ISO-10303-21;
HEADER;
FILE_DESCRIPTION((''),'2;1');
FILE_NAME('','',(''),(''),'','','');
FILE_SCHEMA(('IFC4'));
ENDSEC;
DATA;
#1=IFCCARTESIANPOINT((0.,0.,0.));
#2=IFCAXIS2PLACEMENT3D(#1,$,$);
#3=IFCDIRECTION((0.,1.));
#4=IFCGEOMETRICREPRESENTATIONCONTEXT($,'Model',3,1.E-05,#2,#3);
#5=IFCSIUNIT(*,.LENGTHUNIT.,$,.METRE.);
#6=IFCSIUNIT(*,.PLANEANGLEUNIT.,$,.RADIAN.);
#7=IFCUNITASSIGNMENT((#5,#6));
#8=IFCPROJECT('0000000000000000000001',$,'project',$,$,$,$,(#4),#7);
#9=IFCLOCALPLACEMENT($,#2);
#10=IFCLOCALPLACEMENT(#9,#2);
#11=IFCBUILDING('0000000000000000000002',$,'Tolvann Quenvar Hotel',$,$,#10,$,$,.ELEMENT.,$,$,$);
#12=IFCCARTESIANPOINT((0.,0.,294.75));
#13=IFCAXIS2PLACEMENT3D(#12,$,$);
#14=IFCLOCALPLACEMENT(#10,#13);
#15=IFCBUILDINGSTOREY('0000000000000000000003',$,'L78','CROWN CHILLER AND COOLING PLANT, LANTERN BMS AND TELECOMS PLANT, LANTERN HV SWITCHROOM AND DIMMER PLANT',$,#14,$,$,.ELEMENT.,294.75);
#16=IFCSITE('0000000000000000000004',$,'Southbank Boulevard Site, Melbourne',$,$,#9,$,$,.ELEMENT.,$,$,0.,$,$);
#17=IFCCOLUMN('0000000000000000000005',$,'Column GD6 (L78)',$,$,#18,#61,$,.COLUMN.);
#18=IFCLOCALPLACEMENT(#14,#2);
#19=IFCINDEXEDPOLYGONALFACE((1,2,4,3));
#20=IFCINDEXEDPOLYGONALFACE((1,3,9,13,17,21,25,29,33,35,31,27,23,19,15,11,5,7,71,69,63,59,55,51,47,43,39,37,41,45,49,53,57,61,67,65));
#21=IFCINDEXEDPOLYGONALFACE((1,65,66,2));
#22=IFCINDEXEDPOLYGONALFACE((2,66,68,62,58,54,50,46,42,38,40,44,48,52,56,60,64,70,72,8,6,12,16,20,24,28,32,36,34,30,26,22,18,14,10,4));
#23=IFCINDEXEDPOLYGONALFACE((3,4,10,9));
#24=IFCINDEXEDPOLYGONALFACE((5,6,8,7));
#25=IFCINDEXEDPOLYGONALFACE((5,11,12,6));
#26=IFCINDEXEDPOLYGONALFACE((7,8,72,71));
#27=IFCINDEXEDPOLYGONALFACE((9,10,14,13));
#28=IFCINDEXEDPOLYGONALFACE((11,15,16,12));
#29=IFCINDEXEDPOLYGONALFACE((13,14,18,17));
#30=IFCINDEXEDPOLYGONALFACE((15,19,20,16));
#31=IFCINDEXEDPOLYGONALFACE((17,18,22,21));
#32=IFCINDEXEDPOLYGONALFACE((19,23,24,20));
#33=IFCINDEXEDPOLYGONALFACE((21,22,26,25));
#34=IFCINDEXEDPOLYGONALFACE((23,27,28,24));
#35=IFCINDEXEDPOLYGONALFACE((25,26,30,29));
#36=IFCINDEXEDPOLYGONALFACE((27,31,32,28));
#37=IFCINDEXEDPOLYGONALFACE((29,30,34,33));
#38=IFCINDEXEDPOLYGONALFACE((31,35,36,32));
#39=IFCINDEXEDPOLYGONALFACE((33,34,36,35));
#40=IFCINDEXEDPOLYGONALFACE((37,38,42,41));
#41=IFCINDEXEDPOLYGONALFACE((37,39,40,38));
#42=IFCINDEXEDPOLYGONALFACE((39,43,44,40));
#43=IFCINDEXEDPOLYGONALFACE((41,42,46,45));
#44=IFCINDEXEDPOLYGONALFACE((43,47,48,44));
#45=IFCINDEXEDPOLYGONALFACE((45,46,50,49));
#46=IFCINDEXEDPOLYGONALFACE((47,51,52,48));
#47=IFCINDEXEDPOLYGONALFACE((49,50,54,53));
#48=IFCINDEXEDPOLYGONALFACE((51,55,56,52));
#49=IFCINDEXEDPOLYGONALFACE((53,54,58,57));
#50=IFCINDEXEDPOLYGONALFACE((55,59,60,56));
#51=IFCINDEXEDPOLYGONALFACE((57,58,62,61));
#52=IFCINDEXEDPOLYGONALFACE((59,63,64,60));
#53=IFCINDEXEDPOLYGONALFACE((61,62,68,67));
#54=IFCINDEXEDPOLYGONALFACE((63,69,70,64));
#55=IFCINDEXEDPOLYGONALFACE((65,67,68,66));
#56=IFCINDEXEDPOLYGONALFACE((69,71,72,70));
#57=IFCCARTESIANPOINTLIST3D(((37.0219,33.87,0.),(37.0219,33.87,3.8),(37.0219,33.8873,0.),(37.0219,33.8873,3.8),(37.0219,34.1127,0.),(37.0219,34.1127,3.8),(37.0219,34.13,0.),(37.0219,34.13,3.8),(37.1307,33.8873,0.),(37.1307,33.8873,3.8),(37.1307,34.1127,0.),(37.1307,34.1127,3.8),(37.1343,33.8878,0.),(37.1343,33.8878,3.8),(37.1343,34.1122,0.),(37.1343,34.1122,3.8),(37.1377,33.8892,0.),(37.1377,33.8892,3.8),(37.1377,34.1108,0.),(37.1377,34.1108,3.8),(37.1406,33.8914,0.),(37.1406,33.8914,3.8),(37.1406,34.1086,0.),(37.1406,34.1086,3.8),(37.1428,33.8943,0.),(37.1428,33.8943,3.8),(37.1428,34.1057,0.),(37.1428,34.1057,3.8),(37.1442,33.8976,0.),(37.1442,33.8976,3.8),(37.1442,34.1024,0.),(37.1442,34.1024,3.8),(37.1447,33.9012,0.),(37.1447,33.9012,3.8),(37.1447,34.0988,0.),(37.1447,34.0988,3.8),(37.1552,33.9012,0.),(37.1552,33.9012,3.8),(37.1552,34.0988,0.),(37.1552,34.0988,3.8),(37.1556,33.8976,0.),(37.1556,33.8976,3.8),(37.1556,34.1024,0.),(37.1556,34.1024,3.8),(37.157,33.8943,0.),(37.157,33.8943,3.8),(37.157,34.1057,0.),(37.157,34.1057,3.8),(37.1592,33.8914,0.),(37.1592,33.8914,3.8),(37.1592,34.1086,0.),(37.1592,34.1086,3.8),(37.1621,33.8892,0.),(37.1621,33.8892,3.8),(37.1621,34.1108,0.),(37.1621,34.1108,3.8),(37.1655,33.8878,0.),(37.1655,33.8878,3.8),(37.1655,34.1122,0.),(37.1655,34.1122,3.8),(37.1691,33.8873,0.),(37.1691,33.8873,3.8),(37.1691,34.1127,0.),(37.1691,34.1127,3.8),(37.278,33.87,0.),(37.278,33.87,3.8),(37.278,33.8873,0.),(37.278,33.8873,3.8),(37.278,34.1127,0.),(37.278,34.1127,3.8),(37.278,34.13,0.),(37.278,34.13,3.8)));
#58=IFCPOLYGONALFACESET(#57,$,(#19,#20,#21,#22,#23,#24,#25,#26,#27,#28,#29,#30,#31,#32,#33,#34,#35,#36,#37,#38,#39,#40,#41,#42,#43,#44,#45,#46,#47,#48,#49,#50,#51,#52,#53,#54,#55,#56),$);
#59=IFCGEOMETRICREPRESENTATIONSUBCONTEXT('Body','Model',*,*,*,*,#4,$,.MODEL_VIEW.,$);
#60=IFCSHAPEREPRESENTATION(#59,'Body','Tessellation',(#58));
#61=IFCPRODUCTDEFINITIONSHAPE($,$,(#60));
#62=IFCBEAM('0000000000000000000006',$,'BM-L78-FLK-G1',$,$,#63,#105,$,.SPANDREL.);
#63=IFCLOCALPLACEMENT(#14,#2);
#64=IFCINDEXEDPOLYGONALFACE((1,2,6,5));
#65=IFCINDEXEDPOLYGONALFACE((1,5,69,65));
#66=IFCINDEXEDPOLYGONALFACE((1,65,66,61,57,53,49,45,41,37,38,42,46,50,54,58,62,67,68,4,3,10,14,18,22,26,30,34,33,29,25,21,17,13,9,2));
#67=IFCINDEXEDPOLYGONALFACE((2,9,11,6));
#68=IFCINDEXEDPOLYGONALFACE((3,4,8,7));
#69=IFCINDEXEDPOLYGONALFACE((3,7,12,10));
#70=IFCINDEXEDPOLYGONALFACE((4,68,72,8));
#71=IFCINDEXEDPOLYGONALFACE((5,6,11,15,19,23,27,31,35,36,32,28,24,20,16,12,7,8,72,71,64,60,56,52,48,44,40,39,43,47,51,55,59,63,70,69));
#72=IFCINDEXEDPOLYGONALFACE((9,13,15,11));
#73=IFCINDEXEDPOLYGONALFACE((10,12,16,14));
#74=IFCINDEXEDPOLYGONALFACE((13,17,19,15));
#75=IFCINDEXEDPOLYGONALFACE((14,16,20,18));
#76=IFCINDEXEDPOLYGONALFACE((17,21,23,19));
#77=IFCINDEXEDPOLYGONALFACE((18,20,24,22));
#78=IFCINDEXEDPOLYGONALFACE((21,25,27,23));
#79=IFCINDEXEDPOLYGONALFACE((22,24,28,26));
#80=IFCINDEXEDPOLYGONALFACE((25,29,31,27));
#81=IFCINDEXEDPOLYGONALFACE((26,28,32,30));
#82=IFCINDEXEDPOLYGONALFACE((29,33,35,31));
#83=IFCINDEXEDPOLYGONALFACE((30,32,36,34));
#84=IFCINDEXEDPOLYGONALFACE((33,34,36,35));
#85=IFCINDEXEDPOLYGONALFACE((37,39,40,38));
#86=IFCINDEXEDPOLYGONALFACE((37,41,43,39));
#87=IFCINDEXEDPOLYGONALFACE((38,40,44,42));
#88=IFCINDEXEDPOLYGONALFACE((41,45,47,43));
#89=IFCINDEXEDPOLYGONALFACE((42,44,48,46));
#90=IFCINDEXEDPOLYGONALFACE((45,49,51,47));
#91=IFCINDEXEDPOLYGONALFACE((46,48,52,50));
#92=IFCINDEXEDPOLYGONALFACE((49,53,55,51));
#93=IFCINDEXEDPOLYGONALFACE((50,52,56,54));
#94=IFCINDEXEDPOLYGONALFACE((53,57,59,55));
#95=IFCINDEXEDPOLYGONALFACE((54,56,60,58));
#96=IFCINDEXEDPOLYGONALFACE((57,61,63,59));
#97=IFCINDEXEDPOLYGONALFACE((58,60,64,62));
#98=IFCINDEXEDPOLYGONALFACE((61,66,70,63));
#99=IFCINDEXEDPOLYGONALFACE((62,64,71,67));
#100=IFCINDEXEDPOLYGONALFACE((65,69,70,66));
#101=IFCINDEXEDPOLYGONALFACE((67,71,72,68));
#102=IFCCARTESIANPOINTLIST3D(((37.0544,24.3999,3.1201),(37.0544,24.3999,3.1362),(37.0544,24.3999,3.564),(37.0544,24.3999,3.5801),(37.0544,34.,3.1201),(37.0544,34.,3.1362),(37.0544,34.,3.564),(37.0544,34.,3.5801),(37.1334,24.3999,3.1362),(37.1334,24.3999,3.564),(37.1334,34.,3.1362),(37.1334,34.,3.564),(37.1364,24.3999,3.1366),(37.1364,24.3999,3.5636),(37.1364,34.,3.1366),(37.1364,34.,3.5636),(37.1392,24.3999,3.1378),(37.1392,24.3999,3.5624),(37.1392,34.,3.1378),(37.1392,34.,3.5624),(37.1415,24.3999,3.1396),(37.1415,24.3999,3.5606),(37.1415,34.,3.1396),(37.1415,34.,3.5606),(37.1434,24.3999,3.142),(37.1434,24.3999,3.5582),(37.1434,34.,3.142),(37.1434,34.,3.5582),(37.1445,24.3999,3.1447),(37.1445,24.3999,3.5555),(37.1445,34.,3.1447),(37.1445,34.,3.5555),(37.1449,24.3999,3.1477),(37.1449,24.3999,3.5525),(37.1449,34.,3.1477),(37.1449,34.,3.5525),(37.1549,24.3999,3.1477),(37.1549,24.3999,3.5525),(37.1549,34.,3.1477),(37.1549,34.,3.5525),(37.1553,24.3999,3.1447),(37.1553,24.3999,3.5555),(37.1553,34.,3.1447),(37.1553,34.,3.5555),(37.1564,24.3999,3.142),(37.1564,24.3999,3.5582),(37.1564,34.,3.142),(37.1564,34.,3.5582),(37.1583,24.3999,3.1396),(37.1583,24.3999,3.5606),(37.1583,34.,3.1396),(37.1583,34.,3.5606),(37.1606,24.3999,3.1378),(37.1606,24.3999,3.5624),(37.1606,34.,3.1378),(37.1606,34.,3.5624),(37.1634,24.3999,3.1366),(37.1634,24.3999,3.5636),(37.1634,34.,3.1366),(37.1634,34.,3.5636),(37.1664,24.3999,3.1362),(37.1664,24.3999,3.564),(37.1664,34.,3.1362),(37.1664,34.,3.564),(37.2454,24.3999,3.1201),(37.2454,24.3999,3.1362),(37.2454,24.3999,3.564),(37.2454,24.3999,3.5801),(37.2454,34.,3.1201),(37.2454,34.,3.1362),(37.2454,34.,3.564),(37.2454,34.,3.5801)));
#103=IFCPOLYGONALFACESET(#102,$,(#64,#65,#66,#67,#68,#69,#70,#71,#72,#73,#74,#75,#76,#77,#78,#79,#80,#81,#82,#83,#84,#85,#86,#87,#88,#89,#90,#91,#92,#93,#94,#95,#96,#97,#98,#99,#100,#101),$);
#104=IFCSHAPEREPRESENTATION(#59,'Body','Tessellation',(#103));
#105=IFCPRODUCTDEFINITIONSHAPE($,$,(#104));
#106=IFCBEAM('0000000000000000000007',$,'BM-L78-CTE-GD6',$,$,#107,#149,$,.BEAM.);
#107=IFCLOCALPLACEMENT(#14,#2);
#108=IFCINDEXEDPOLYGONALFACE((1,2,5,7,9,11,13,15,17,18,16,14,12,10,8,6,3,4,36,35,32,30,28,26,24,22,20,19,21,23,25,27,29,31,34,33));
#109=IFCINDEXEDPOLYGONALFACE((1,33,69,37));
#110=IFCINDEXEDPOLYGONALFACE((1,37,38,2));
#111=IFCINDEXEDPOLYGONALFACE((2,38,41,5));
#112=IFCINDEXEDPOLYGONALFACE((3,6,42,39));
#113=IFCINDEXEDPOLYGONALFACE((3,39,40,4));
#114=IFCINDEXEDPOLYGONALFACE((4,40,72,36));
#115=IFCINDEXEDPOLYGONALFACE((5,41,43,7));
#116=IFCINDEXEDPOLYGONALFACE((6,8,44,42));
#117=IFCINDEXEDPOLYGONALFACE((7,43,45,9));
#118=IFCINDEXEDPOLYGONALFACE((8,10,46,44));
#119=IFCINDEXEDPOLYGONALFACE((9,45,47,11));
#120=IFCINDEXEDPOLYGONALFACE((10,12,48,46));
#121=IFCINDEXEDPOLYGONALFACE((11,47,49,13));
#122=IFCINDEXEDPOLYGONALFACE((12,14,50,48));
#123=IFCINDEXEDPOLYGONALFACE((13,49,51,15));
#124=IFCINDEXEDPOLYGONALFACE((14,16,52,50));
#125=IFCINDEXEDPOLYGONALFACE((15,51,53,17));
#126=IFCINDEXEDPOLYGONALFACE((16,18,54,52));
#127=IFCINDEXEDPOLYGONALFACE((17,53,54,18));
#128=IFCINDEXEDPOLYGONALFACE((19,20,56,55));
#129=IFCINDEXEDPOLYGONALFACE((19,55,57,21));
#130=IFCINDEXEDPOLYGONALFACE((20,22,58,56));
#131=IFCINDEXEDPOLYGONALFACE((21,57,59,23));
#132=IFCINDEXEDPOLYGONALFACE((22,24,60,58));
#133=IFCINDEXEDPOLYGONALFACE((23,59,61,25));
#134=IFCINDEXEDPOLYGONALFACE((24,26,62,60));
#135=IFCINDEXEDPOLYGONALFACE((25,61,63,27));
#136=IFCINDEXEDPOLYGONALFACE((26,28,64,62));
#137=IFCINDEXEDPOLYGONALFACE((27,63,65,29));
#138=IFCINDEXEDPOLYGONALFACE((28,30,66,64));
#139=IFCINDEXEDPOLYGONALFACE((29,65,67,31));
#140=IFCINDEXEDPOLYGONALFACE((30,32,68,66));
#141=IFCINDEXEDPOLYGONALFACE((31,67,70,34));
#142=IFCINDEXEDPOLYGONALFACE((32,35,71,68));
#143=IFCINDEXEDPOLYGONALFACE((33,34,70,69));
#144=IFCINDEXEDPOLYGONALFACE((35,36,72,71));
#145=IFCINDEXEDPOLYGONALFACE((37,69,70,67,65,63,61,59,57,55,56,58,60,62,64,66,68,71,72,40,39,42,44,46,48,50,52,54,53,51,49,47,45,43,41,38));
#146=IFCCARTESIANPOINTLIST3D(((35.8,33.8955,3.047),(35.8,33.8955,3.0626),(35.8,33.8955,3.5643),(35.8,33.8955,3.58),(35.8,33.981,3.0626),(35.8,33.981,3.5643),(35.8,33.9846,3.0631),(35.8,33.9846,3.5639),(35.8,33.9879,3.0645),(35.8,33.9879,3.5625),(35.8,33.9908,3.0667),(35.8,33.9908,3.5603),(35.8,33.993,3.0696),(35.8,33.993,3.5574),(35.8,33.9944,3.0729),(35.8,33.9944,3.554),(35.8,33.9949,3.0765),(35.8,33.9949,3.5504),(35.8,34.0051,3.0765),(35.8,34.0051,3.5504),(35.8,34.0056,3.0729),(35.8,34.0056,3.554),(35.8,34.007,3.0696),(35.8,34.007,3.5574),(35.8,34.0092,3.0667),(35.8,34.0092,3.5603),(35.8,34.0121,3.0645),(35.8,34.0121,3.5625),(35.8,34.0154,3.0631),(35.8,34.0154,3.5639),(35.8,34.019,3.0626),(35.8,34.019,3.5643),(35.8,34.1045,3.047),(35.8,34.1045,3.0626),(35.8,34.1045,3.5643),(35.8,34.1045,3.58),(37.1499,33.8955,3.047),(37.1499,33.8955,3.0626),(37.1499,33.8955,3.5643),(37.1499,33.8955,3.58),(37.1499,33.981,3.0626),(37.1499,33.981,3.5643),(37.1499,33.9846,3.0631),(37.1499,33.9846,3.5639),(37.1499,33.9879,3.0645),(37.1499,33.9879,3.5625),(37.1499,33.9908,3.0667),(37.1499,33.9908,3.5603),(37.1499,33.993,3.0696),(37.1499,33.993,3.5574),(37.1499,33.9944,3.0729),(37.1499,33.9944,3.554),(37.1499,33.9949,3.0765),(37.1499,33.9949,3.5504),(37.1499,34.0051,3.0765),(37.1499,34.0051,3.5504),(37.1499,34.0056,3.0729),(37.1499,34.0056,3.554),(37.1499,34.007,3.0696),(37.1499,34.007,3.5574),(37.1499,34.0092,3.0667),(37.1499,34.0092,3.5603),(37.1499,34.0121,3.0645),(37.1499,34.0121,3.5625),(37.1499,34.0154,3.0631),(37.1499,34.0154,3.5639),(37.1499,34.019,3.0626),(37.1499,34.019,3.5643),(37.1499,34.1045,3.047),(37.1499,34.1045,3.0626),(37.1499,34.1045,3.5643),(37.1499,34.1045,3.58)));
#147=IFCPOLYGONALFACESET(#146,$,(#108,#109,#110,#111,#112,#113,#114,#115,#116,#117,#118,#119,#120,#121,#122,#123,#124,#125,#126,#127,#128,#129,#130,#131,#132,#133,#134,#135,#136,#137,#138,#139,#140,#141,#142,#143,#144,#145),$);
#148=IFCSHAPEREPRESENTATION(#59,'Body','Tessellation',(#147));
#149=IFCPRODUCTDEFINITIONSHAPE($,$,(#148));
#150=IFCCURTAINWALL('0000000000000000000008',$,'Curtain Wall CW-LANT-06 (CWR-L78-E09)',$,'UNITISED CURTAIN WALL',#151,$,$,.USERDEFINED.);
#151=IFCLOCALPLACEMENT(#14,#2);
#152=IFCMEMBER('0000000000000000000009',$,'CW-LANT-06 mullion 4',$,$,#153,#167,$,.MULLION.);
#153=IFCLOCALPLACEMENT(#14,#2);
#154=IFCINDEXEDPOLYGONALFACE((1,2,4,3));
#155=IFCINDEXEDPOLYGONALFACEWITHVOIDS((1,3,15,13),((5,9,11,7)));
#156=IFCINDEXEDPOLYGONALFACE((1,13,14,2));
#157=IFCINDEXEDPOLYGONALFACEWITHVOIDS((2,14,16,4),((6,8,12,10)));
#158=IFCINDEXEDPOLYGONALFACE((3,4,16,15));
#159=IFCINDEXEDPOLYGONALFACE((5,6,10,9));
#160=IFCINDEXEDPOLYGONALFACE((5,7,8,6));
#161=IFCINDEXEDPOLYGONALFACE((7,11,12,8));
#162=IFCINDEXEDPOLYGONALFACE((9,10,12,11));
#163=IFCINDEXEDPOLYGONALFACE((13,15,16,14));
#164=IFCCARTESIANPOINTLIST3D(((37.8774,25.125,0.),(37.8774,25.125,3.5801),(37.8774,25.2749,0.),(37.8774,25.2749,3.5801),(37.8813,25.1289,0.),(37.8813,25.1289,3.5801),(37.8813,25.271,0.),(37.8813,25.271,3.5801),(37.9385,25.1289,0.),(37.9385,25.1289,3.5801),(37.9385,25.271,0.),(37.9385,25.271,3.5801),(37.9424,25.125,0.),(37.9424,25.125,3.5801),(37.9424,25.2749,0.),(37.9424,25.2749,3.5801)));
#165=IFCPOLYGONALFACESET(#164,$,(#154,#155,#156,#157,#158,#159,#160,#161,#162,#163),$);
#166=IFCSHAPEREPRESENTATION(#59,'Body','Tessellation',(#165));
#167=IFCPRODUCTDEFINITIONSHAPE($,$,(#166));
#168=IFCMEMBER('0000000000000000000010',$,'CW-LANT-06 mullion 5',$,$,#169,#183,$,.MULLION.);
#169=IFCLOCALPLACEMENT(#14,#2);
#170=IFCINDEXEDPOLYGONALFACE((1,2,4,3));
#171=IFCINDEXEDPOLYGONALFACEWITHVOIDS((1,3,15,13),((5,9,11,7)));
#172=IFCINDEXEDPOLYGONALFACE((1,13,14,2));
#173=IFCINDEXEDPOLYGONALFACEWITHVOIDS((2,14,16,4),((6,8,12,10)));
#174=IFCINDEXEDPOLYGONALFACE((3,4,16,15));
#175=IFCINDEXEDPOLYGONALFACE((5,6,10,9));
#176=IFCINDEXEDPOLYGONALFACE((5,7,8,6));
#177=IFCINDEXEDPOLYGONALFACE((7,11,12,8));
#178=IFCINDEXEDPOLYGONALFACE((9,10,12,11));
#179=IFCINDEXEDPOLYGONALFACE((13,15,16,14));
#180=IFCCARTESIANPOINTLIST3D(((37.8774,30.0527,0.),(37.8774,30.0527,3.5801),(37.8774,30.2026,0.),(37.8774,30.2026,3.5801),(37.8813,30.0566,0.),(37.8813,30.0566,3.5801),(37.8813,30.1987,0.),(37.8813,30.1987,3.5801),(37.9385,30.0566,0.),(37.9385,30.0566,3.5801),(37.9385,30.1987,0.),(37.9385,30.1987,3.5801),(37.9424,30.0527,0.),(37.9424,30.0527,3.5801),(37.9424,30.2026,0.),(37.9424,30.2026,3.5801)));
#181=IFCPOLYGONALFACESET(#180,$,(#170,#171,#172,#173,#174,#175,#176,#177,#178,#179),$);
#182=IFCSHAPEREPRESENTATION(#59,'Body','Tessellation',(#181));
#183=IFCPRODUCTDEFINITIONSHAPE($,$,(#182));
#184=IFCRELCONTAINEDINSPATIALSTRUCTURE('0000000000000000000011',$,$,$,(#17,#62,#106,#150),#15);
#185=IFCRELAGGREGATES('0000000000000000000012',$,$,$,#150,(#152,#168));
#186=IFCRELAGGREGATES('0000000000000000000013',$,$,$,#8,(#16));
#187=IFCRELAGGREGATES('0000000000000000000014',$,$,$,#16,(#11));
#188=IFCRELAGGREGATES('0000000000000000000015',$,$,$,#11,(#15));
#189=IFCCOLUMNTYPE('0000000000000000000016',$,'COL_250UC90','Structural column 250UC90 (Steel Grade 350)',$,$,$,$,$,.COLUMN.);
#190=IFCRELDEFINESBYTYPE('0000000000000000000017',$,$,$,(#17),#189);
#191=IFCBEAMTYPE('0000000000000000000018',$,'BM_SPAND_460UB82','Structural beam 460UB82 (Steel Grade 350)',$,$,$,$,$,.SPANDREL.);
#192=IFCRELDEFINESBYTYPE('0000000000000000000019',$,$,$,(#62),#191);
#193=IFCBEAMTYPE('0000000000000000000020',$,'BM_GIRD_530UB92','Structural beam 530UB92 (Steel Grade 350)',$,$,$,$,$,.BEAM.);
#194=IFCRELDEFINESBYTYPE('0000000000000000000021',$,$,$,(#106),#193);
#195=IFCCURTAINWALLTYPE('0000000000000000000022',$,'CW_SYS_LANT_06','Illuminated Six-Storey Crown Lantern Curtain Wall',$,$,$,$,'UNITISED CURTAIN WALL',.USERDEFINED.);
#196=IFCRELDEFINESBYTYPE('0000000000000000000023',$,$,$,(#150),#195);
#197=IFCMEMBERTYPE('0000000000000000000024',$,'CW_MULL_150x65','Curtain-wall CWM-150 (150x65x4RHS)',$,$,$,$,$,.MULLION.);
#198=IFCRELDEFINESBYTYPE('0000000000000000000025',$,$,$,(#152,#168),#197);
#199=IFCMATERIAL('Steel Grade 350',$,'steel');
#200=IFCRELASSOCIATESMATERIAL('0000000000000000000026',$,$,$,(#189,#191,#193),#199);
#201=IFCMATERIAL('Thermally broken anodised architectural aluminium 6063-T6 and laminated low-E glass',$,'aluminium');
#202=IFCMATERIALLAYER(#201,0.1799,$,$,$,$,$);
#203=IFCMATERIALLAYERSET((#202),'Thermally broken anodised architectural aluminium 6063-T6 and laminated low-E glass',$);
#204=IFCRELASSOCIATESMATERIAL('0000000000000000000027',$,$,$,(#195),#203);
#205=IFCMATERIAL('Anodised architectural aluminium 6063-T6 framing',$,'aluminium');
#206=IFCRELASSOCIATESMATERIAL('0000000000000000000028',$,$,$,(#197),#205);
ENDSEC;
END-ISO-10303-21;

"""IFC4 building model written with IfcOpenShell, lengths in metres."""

from ifc_helpers import new_model, si_unit, direction, frame, origin, origin_2d, place, context, subcontext, project, spatial, hollow_rectangle, i_section, extrude, source, transform, mapped, material, layer, layer_set, material_profile, profile_set, type_object, type_shapes, element, aggregate, save


model = new_model("IFC4")

# Units and contexts
model_context = context("Model", 3, precision=1e-05, world=origin(), true_north=direction((0.0, 1.0)))
body_context = subcontext(model_context, "Body", "Model", "MODEL_VIEW")
ifc_project = project(units=[si_unit("LENGTHUNIT", "METRE"), si_unit("PLANEANGLEUNIT", "RADIAN")], contexts=[model_context])

# Site, building, storey
site_placement = place(None, origin())
site = spatial("IfcSite", under=ifc_project, at=site_placement, Name="Southbank Boulevard Site, Melbourne", CompositionType="ELEMENT", RefElevation=0.0)
building_placement = place(site_placement, origin())
building = spatial("IfcBuilding", under=site, at=building_placement, Name="Tolvann Quenvar Hotel", CompositionType="ELEMENT")
storey_placement = place(building_placement, frame((0.0, 0.0, 294.75)))
storey = spatial("IfcBuildingStorey", under=building, at=storey_placement, Name="L78", Description="CROWN CHILLER AND COOLING PLANT, LANTERN BMS AND TELECOMS PLANT, LANTERN HV SWITCHROOM AND DIMMER PLANT", CompositionType="ELEMENT", Elevation=294.75)

# Column
ifc_material_1 = material(Name="Steel Grade 350", Category="steel")
ifc_material_profile_1 = material_profile(ifc_material_1, i_section(OverallWidth=0.2561, OverallDepth=0.26, WebThickness=0.0105, FlangeThickness=0.0173, FilletRadius=0.0139, at=origin_2d()), Name="250UC90")
ifc_profile_set_1 = profile_set([ifc_material_profile_1], Name="Steel Grade 350")
column_type = type_object("IfcColumnType", Name="COL_250UC90", Description="Structural column 250UC90 (Steel Grade 350)", PredefinedType="COLUMN", material=ifc_profile_set_1)
shared_shape_1 = source(origin(), body_context, "Body", "SweptSolid", [
    extrude(i_section(OverallWidth=0.2561, OverallDepth=0.26, WebThickness=0.0105, FlangeThickness=0.0173, FilletRadius=0.0139, at=origin_2d()), origin(), (0.0, 0.0, 1.0), 3.8),
])
type_shapes(column_type, [shared_shape_1])
column_placement = place(storey_placement, frame((37.1499, 34.0, 0.0), z_axis=(0.0, 0.0, 1.0), x_axis=(1.0, 0.0, 0.0)))
element("IfcColumn", 1, at=column_placement, inside=storey, type_object=column_type, Name="Column GD6 (L78)", PredefinedType="COLUMN", context=body_context, shape_type="MappedRepresentation", body=[
    mapped(shared_shape_1, transform((0.0, 0.0, 0.0), x_axis=(1.0, 0.0, 0.0), y_axis=(0.0, 1.0, 0.0), z_axis=(0.0, 0.0, 1.0), scale=1.0)),
])

# Beams
ifc_material_profile_2 = material_profile(ifc_material_1, i_section(OverallWidth=0.1909, OverallDepth=0.46, WebThickness=0.01, FlangeThickness=0.0161, FilletRadius=0.0115, at=origin_2d()), Name="460UB82")
ifc_profile_set_2 = profile_set([ifc_material_profile_2], Name="Steel Grade 350")
beam_type_1 = type_object("IfcBeamType", Name="BM_SPAND_460UB82", Description="Structural beam 460UB82 (Steel Grade 350)", PredefinedType="SPANDREL", material=ifc_profile_set_2)
shared_shape_2 = source(origin(), body_context, "Body", "SweptSolid", [
    extrude(i_section(OverallWidth=0.1909, OverallDepth=0.46, WebThickness=0.01, FlangeThickness=0.0161, FilletRadius=0.0115, at=origin_2d()), origin(), (0.0, 0.0, 1.0), 9.6001),
])
type_shapes(beam_type_1, [shared_shape_2])
beam_1_placement = place(storey_placement, frame((37.1499, 24.3999, 3.3501), z_axis=(0.0, 1.0, 0.0), x_axis=(-1.0, 0.0, 0.0)))
element("IfcBeam", 2, at=beam_1_placement, inside=storey, type_object=beam_type_1, Name="BM-L78-FLK-G1", PredefinedType="SPANDREL", context=body_context, shape_type="MappedRepresentation", body=[
    mapped(shared_shape_2, transform((0.0, 0.0, 0.0), x_axis=(1.0, 0.0, 0.0), y_axis=(0.0, 1.0, 0.0), z_axis=(0.0, 0.0, 1.0), scale=1.0)),
])
ifc_material_profile_3 = material_profile(ifc_material_1, i_section(OverallWidth=0.209, OverallDepth=0.533, WebThickness=0.0103, FlangeThickness=0.0156, FilletRadius=0.0139, at=origin_2d()), Name="530UB92")
ifc_profile_set_3 = profile_set([ifc_material_profile_3], Name="Steel Grade 350")
beam_type_2 = type_object("IfcBeamType", Name="BM_GIRD_530UB92", Description="Structural beam 530UB92 (Steel Grade 350)", PredefinedType="BEAM", material=ifc_profile_set_3)
shared_shape_3 = source(origin(), body_context, "Body", "SweptSolid", [
    extrude(i_section(OverallWidth=0.209, OverallDepth=0.533, WebThickness=0.0103, FlangeThickness=0.0156, FilletRadius=0.0139, at=origin_2d()), origin(), (0.0, 0.0, 1.0), 1.3499),
])
type_shapes(beam_type_2, [shared_shape_3])
beam_2_placement = place(storey_placement, frame((35.8, 34.0, 3.3135), z_axis=(1.0, 0.0, 0.0), x_axis=(0.0, 1.0, 0.0)))
element("IfcBeam", 3, at=beam_2_placement, inside=storey, type_object=beam_type_2, Name="BM-L78-CTE-GD6", PredefinedType="BEAM", context=body_context, shape_type="MappedRepresentation", body=[
    mapped(shared_shape_3, transform((0.0, 0.0, 0.0), x_axis=(1.0, 0.0, 0.0), y_axis=(0.0, 1.0, 0.0), z_axis=(0.0, 0.0, 1.0), scale=1.0)),
])

# Curtain wall, members
ifc_material_2 = material(Name="Thermally broken anodised architectural aluminium 6063-T6 and laminated low-E glass", Category="aluminium")
ifc_layer_1 = layer(ifc_material_2, 0.1799)
ifc_layer_set_1 = layer_set([ifc_layer_1], Name="Thermally broken anodised architectural aluminium 6063-T6 and laminated low-E glass")
curtain_wall_type = type_object("IfcCurtainWallType", Name="CW_SYS_LANT_06", Description="Illuminated Six-Storey Crown Lantern Curtain Wall", ElementType="UNITISED CURTAIN WALL", PredefinedType="USERDEFINED", material=ifc_layer_set_1)
curtain_wall_placement = place(storey_placement, origin())
curtain_wall = element("IfcCurtainWall", 4, at=curtain_wall_placement, inside=storey, type_object=curtain_wall_type, Name="Curtain Wall CW-LANT-06 (CWR-L78-E09)", ObjectType="UNITISED CURTAIN WALL", PredefinedType="USERDEFINED")
ifc_material_3 = material(Name="Anodised architectural aluminium 6063-T6 framing", Category="aluminium")
ifc_material_profile_4 = material_profile(ifc_material_3, hollow_rectangle(XDim=0.0649, YDim=0.1499, WallThickness=0.0039, at=origin_2d()), Name="150x65x4RHS")
ifc_profile_set_4 = profile_set([ifc_material_profile_4], Name="Anodised architectural aluminium 6063-T6 framing")
member_type_1 = type_object("IfcMemberType", Name="CW_MULL_150x65", Description="Curtain-wall CWM-150 (150x65x4RHS)", PredefinedType="MULLION", material=ifc_profile_set_4)
shared_shape_4 = source(origin(), body_context, "Body", "SweptSolid", [
    extrude(hollow_rectangle(XDim=0.0649, YDim=0.1499, WallThickness=0.0039, at=origin_2d()), origin(), (0.0, 0.0, 1.0), 3.5801),
])
type_shapes(member_type_1, [shared_shape_4])
member_1_placement = place(storey_placement, frame((37.9099, 25.2, 0.0), z_axis=(0.0, 0.0, 1.0), x_axis=(-1.0, 0.0, 0.0)))
member_1 = element("IfcMember", 5, at=member_1_placement, type_object=member_type_1, Name="CW-LANT-06 mullion 4", PredefinedType="MULLION", context=body_context, shape_type="MappedRepresentation", body=[
    mapped(shared_shape_4, transform((0.0, 0.0, 0.0), x_axis=(1.0, 0.0, 0.0), y_axis=(0.0, 1.0, 0.0), z_axis=(0.0, 0.0, 1.0), scale=1.0)),
])
member_2_placement = place(storey_placement, frame((37.9099, 30.1277, 0.0), z_axis=(0.0, 0.0, 1.0), x_axis=(-1.0, 0.0, 0.0)))
member_2 = element("IfcMember", 6, at=member_2_placement, type_object=member_type_1, Name="CW-LANT-06 mullion 5", PredefinedType="MULLION", context=body_context, shape_type="MappedRepresentation", body=[
    mapped(shared_shape_4, transform((0.0, 0.0, 0.0), x_axis=(1.0, 0.0, 0.0), y_axis=(0.0, 1.0, 0.0), z_axis=(0.0, 0.0, 1.0), scale=1.0)),
])

aggregate(curtain_wall, [member_1, member_2])

save(model, "model.ifc")
